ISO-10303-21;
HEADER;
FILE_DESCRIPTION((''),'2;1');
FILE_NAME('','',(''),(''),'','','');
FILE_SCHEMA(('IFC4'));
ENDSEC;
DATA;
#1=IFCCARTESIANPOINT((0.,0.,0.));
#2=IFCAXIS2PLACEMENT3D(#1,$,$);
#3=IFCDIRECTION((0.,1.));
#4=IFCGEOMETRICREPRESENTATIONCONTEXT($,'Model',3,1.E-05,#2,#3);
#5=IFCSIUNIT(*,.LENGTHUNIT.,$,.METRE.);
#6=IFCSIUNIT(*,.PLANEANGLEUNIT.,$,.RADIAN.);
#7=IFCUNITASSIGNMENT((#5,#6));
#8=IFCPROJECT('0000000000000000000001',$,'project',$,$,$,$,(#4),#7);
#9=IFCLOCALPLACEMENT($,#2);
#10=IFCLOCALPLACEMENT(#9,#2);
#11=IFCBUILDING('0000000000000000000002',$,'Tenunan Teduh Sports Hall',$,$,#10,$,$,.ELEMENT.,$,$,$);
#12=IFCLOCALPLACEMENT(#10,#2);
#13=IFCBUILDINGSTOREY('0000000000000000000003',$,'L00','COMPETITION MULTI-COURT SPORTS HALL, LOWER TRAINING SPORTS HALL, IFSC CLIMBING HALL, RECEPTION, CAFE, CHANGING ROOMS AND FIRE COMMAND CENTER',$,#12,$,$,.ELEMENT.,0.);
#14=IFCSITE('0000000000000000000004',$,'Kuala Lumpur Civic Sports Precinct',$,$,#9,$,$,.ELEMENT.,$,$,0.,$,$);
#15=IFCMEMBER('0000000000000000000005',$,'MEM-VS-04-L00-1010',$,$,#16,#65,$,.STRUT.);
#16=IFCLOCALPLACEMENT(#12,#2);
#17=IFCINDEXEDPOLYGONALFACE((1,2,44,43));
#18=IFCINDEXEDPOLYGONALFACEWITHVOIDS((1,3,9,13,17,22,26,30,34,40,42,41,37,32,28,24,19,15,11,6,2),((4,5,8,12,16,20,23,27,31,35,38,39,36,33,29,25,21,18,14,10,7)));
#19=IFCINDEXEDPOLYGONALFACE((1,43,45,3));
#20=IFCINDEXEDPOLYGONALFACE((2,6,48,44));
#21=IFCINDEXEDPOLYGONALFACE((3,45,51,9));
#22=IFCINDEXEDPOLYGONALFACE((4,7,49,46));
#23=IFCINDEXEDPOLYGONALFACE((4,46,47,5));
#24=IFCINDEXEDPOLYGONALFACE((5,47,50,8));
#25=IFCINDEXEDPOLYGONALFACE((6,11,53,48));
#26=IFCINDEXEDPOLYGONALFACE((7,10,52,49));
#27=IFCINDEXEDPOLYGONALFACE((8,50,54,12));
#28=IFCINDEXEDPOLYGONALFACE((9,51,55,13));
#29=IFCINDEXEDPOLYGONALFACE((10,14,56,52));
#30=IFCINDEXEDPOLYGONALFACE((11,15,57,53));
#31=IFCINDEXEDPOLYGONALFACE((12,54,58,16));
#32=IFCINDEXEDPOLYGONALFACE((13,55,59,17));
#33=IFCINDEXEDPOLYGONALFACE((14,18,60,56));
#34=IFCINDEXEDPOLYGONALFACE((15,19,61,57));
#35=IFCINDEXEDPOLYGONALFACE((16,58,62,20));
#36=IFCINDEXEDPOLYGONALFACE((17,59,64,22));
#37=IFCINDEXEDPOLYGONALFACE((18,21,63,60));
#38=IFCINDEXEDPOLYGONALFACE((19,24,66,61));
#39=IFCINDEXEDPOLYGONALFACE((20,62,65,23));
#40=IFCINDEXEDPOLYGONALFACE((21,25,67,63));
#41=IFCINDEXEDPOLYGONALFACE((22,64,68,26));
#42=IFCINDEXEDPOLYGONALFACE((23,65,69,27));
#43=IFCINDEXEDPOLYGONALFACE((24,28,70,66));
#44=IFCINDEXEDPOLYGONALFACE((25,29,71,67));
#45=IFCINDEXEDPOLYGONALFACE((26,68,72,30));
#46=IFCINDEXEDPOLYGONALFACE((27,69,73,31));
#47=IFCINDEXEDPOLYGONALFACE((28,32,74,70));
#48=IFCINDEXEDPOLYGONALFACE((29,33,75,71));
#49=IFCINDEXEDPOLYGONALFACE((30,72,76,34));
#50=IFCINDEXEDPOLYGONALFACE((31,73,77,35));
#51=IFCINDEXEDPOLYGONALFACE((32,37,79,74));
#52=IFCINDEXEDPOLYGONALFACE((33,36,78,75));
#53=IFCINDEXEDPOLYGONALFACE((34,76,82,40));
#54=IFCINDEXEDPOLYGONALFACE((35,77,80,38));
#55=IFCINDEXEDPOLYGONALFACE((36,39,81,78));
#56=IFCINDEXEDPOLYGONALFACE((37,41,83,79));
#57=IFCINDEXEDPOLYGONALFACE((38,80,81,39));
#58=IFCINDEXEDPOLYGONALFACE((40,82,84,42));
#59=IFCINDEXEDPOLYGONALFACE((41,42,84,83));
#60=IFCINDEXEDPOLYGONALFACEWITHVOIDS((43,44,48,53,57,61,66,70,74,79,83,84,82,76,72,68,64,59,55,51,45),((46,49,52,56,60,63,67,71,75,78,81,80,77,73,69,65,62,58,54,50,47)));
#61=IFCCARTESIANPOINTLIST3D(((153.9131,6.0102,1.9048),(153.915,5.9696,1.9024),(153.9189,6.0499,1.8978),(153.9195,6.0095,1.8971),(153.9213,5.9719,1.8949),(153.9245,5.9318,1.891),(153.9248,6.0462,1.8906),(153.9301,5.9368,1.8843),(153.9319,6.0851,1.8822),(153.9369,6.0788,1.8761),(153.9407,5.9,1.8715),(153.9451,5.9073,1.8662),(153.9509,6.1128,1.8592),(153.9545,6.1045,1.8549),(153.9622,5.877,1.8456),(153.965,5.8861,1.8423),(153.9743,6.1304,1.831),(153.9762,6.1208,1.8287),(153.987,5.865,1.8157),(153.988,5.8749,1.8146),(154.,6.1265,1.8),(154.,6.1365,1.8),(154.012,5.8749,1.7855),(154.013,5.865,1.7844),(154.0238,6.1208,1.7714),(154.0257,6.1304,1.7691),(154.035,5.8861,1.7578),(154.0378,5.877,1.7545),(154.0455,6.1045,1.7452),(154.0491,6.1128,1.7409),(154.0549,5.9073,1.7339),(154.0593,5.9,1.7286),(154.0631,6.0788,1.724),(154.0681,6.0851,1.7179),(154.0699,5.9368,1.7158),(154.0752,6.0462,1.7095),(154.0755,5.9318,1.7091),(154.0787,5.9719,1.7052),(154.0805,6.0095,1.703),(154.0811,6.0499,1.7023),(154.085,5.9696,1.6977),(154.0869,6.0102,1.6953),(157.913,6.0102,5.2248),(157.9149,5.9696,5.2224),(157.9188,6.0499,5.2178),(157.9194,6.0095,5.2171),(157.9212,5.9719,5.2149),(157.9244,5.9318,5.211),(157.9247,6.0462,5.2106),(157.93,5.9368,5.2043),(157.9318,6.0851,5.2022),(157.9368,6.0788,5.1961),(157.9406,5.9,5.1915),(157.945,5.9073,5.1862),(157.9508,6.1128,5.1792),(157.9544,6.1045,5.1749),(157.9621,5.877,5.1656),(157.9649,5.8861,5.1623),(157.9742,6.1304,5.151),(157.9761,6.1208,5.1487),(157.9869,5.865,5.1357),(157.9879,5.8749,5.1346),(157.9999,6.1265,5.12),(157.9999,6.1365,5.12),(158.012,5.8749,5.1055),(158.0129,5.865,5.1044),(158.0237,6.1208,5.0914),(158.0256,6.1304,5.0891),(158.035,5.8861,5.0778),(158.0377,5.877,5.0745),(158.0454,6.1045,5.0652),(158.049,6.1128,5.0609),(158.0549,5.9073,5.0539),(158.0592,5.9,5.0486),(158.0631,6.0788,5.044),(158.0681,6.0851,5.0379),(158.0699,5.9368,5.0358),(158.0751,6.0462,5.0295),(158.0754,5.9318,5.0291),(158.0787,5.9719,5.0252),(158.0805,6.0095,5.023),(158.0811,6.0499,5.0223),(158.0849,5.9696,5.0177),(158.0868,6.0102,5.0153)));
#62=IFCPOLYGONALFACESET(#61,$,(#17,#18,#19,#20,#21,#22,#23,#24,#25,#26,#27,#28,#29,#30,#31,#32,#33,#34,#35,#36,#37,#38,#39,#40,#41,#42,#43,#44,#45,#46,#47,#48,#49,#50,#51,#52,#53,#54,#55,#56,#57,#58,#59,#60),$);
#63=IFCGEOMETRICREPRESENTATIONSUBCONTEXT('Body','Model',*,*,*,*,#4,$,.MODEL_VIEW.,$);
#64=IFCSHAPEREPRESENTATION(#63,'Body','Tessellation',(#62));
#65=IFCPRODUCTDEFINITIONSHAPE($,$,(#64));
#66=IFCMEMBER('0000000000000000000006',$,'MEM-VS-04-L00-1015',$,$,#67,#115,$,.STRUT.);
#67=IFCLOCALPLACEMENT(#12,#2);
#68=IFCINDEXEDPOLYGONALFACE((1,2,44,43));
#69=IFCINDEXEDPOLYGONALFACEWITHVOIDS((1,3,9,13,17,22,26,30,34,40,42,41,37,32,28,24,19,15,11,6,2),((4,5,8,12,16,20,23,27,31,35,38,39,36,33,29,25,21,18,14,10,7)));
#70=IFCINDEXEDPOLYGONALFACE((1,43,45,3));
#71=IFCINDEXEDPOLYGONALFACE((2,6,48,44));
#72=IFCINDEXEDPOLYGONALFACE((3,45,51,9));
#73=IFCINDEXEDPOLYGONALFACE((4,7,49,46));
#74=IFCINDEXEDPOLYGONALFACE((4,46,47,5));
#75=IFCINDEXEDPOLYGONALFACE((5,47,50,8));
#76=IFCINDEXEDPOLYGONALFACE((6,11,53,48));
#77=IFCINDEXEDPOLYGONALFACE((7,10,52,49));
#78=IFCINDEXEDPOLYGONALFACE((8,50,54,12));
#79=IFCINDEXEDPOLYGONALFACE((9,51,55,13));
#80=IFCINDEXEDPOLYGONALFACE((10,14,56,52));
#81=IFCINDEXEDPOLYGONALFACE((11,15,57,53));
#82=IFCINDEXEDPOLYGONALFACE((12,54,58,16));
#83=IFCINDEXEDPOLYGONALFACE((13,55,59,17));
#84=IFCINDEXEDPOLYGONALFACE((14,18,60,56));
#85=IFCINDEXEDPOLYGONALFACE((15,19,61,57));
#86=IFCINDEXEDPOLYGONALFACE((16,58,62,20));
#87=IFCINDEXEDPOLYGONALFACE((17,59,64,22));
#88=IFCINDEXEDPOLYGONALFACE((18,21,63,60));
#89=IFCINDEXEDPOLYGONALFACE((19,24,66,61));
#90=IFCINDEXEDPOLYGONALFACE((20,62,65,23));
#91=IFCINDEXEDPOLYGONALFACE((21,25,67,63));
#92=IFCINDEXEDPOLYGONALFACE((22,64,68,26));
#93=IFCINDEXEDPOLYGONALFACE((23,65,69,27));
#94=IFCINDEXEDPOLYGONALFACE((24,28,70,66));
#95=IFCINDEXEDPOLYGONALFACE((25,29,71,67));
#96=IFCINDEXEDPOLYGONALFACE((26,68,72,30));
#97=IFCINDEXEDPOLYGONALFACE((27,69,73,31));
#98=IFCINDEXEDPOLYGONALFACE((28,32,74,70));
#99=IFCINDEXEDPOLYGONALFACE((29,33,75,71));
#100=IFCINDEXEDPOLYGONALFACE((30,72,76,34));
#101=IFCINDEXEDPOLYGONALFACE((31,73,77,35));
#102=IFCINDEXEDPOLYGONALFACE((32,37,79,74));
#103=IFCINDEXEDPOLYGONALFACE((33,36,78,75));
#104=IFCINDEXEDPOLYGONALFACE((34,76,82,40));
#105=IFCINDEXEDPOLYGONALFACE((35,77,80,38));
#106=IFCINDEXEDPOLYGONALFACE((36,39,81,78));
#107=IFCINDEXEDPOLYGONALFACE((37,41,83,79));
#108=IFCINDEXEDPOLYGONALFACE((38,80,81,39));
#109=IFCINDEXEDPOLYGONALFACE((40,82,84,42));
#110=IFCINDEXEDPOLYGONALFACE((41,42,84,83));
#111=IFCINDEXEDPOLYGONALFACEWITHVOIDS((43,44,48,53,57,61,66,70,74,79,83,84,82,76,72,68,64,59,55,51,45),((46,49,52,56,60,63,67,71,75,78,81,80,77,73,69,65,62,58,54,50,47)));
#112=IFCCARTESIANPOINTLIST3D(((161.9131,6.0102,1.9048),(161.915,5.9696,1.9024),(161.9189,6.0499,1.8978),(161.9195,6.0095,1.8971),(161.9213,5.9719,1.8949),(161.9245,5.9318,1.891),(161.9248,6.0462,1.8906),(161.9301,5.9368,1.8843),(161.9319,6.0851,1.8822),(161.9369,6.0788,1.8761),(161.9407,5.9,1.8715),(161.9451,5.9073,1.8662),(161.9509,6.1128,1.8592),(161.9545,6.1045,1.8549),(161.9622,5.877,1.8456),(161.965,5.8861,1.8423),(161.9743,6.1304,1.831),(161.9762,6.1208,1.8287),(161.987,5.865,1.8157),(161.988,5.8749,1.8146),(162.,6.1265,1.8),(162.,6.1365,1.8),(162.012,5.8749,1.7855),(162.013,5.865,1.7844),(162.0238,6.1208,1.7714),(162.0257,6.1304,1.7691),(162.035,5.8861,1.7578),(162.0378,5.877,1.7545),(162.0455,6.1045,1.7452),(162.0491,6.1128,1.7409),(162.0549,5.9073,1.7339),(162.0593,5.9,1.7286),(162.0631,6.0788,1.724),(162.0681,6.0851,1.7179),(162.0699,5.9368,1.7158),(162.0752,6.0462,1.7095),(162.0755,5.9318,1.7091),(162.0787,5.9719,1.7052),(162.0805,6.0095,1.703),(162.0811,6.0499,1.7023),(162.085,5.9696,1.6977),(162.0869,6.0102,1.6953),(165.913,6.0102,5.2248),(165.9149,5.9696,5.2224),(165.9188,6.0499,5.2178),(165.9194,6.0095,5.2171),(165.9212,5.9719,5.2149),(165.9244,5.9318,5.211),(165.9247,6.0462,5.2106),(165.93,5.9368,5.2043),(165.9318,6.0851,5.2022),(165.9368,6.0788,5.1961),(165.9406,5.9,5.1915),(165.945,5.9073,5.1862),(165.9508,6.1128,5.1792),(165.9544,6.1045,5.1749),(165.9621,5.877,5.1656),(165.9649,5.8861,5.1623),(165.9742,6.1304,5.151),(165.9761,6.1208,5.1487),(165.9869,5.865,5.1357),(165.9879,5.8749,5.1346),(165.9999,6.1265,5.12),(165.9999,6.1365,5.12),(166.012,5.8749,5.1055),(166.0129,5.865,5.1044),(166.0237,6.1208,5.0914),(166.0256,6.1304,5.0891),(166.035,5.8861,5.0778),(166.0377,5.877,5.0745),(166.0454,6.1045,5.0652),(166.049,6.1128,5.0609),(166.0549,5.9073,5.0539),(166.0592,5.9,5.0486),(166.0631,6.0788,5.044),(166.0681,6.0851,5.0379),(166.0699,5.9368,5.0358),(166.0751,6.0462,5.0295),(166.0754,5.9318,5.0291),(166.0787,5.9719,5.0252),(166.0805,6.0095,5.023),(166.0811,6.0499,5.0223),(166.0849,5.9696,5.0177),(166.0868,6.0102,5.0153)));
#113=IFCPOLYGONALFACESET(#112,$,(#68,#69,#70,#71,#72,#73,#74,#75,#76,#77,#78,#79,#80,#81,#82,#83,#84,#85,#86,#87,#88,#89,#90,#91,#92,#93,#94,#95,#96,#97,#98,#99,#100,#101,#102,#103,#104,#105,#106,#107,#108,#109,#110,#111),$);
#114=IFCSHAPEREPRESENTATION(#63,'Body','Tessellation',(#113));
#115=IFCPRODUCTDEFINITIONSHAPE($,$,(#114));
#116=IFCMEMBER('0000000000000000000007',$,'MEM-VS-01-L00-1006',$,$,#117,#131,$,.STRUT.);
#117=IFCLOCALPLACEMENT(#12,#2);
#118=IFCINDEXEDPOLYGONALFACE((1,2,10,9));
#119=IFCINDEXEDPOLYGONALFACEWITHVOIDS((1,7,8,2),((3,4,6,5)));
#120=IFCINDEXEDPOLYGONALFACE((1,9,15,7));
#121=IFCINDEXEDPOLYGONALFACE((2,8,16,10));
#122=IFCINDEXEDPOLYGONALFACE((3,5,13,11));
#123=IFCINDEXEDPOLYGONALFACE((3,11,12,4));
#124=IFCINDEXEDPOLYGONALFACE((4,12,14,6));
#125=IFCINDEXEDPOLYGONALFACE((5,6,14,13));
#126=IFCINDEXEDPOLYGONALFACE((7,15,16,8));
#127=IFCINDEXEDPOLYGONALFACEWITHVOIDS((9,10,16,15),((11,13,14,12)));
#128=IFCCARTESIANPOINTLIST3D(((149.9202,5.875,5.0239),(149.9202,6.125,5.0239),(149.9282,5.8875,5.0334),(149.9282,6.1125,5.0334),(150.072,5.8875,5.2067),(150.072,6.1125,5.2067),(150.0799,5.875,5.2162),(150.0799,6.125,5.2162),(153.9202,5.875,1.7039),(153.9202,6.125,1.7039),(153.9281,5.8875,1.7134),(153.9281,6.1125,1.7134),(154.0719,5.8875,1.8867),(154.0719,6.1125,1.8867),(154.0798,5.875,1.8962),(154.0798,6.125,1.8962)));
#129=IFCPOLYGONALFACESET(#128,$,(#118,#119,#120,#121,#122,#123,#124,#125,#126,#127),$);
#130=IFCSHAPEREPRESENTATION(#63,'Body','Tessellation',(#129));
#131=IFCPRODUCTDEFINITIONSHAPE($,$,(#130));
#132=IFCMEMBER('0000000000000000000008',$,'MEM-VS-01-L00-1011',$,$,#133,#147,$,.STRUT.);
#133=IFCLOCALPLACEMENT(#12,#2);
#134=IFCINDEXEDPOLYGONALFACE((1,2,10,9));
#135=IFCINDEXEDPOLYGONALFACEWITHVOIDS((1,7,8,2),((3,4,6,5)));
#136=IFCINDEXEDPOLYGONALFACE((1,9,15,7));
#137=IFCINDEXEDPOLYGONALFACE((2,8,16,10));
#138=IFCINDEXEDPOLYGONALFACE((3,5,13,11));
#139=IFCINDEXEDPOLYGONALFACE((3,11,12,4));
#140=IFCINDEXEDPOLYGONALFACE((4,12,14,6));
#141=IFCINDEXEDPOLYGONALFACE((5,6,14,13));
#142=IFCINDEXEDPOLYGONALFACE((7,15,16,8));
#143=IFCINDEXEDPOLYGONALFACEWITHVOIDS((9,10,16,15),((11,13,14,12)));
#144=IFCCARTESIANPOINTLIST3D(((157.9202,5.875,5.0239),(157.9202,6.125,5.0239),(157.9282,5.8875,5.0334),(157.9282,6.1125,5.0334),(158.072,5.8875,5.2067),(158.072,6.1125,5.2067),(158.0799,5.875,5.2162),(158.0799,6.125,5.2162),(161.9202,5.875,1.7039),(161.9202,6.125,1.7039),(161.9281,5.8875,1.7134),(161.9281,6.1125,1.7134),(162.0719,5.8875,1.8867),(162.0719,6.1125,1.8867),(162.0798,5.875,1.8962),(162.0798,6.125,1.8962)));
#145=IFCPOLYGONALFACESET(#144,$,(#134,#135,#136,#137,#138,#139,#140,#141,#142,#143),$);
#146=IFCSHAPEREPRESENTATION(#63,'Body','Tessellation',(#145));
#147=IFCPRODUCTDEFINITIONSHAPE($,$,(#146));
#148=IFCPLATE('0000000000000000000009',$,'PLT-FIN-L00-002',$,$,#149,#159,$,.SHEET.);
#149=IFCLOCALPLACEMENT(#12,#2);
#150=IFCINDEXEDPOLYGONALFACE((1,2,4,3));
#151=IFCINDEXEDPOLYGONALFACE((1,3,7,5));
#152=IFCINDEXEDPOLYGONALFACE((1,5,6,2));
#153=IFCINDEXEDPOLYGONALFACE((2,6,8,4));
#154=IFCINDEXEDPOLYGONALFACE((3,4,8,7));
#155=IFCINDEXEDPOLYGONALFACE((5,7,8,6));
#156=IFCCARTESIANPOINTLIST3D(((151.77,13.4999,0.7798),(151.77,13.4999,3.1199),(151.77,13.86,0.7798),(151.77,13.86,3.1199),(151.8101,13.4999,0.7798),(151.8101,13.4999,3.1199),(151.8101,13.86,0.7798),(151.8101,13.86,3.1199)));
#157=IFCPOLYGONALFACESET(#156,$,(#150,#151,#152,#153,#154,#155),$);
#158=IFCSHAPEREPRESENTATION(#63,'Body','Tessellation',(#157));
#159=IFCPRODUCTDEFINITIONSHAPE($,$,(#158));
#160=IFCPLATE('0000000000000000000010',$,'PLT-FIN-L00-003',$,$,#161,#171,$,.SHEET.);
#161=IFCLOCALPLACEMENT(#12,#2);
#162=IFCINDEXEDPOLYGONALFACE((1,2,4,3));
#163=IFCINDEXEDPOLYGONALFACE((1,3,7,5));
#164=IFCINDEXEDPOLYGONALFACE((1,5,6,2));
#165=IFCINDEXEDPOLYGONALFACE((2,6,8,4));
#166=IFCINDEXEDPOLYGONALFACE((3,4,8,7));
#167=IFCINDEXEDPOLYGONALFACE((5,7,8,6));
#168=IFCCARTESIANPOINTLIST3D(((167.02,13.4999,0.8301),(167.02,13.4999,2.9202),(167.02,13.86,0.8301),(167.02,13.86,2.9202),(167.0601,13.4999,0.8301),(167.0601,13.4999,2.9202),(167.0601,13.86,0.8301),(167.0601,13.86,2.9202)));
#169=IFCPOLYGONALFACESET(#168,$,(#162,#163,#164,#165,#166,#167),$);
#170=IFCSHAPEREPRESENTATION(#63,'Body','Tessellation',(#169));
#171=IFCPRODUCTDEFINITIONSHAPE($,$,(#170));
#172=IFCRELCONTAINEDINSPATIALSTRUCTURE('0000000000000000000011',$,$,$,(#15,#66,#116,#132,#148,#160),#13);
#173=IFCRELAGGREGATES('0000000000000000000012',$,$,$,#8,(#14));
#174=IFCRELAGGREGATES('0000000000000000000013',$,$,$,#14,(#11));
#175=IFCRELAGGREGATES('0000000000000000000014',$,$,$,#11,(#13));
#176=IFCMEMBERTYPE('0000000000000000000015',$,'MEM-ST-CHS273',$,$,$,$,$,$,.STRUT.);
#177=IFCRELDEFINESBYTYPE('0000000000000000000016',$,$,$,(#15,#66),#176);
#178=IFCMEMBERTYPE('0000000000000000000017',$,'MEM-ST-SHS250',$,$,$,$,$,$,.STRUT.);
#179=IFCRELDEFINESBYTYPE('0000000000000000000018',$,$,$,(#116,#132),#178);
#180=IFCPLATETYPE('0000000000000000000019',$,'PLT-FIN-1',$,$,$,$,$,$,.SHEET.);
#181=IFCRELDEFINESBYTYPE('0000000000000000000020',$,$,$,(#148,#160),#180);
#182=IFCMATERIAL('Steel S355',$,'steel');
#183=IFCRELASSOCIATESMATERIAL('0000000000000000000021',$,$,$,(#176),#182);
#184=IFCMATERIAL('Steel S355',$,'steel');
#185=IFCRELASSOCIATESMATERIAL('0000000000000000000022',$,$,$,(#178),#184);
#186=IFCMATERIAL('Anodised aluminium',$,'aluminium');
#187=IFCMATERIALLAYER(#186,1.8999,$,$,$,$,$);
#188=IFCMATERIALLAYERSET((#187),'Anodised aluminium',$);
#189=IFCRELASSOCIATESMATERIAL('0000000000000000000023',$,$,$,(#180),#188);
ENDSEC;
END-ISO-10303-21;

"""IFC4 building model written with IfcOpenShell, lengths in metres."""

from ifc_helpers import new_model, si_unit, direction, frame, origin, origin_2d, place, context, subcontext, project, spatial, rectangle, hollow_rectangle, hollow_circle, extrude, material, layer, layer_set, material_profile, profile_set, type_object, element, save


model = new_model("IFC4")

# Units and contexts
model_context = context("Model", 3, precision=1e-05, world=origin(), true_north=direction((0.0, 1.0)))
body_context = subcontext(model_context, "Body", "Model", "MODEL_VIEW")
ifc_project = project(units=[si_unit("LENGTHUNIT", "METRE"), si_unit("PLANEANGLEUNIT", "RADIAN")], contexts=[model_context])

# Site, building, storey
site_placement = place(None, origin())
site = spatial("IfcSite", under=ifc_project, at=site_placement, Name="Kuala Lumpur Civic Sports Precinct", CompositionType="ELEMENT", RefElevation=0.0)
building_placement = place(site_placement, origin())
building = spatial("IfcBuilding", under=site, at=building_placement, Name="Tenunan Teduh Sports Hall", CompositionType="ELEMENT")
storey_placement = place(building_placement, origin())
storey = spatial("IfcBuildingStorey", under=building, at=storey_placement, Name="L00", Description="COMPETITION MULTI-COURT SPORTS HALL, LOWER TRAINING SPORTS HALL, IFSC CLIMBING HALL, RECEPTION, CAFE, CHANGING ROOMS AND FIRE COMMAND CENTER", CompositionType="ELEMENT", Elevation=0.0)

# Members
ifc_material_1 = material(Name="Steel S355", Category="steel")
ifc_material_profile_1 = material_profile(ifc_material_1, hollow_circle(Radius=0.1365, WallThickness=0.01, at=origin_2d()), Name="CHS 273.0x10.0")
ifc_profile_set_1 = profile_set([ifc_material_profile_1], Name="Steel S355")
member_type_1 = type_object("IfcMemberType", Name="MEM-ST-CHS273", PredefinedType="STRUT", material=ifc_profile_set_1)
for number, where, z_axis, x_axis, name in (
    (1, (154.0, 6.0, 1.8), (0.769475, 0.0, 0.638677), (0.0, 1.0, 0.0), "MEM-VS-04-L00-1010"),
    (2, (162.0, 6.0, 1.8), (0.769475, 0.0, 0.638677), (0.0, 1.0, 0.0), "MEM-VS-04-L00-1015"),
):
    element("IfcMember", number, at=place(storey_placement, frame(where, z_axis=z_axis, x_axis=x_axis)), inside=storey, type_object=member_type_1, Name=name, PredefinedType="STRUT", context=body_context, shape_type="SweptSolid", body=[
        extrude(hollow_circle(Radius=0.1365, WallThickness=0.01, at=origin_2d()), origin(), (0.0, 0.0, 1.0), 5.1982),
    ])
ifc_material_2 = material(Name="Steel S355", Category="steel")
ifc_material_profile_2 = material_profile(ifc_material_2, hollow_rectangle(XDim=0.25, YDim=0.25, WallThickness=0.0125, at=origin_2d()), Name="SHS 250x250x12.5")
ifc_profile_set_2 = profile_set([ifc_material_profile_2], Name="Steel S355")
member_type_2 = type_object("IfcMemberType", Name="MEM-ST-SHS250", PredefinedType="STRUT", material=ifc_profile_set_2)
for number, where, z_axis, x_axis, name in (
    (3, (154.0, 6.0, 1.8), (-0.769475, 0.0, 0.638677), (0.0, -1.0, 0.0), "MEM-VS-01-L00-1006"),
    (4, (162.0, 6.0, 1.8), (-0.769475, 0.0, 0.638677), (0.0, -1.0, 0.0), "MEM-VS-01-L00-1011"),
):
    element("IfcMember", number, at=place(storey_placement, frame(where, z_axis=z_axis, x_axis=x_axis)), inside=storey, type_object=member_type_2, Name=name, PredefinedType="STRUT", context=body_context, shape_type="SweptSolid", body=[
        extrude(hollow_rectangle(XDim=0.25, YDim=0.25, WallThickness=0.0125, at=origin_2d()), origin(), (0.0, 0.0, 1.0), 5.1982),
    ])

# Plates
ifc_material_3 = material(Name="Anodised aluminium", Category="aluminium")
ifc_layer_1 = layer(ifc_material_3, 1.8999)
ifc_layer_set_1 = layer_set([ifc_layer_1], Name="Anodised aluminium")
plate_type = type_object("IfcPlateType", Name="PLT-FIN-1", PredefinedType="SHEET", material=ifc_layer_set_1)
plate_1_placement = place(storey_placement, frame((151.79, 13.6799, 0.7798), z_axis=(0.0, 0.0, 1.0), x_axis=(1.0, 0.0, 0.0)))
element("IfcPlate", 5, at=plate_1_placement, inside=storey, type_object=plate_type, Name="PLT-FIN-L00-002", PredefinedType="SHEET", context=body_context, shape_type="SweptSolid", body=[
    extrude(rectangle(XDim=0.04, YDim=0.3601, at=origin_2d()), origin(), (0.0, 0.0, 1.0), 2.3401),
])
plate_2_placement = place(storey_placement, frame((167.04, 13.6799, 0.8301), z_axis=(0.0, 0.0, 1.0), x_axis=(1.0, 0.0, 0.0)))
element("IfcPlate", 6, at=plate_2_placement, inside=storey, type_object=plate_type, Name="PLT-FIN-L00-003", PredefinedType="SHEET", context=body_context, shape_type="SweptSolid", body=[
    extrude(rectangle(XDim=0.04, YDim=0.3601, at=origin_2d()), origin(), (0.0, 0.0, 1.0), 2.0901),
])

save(model, "model.ifc")
